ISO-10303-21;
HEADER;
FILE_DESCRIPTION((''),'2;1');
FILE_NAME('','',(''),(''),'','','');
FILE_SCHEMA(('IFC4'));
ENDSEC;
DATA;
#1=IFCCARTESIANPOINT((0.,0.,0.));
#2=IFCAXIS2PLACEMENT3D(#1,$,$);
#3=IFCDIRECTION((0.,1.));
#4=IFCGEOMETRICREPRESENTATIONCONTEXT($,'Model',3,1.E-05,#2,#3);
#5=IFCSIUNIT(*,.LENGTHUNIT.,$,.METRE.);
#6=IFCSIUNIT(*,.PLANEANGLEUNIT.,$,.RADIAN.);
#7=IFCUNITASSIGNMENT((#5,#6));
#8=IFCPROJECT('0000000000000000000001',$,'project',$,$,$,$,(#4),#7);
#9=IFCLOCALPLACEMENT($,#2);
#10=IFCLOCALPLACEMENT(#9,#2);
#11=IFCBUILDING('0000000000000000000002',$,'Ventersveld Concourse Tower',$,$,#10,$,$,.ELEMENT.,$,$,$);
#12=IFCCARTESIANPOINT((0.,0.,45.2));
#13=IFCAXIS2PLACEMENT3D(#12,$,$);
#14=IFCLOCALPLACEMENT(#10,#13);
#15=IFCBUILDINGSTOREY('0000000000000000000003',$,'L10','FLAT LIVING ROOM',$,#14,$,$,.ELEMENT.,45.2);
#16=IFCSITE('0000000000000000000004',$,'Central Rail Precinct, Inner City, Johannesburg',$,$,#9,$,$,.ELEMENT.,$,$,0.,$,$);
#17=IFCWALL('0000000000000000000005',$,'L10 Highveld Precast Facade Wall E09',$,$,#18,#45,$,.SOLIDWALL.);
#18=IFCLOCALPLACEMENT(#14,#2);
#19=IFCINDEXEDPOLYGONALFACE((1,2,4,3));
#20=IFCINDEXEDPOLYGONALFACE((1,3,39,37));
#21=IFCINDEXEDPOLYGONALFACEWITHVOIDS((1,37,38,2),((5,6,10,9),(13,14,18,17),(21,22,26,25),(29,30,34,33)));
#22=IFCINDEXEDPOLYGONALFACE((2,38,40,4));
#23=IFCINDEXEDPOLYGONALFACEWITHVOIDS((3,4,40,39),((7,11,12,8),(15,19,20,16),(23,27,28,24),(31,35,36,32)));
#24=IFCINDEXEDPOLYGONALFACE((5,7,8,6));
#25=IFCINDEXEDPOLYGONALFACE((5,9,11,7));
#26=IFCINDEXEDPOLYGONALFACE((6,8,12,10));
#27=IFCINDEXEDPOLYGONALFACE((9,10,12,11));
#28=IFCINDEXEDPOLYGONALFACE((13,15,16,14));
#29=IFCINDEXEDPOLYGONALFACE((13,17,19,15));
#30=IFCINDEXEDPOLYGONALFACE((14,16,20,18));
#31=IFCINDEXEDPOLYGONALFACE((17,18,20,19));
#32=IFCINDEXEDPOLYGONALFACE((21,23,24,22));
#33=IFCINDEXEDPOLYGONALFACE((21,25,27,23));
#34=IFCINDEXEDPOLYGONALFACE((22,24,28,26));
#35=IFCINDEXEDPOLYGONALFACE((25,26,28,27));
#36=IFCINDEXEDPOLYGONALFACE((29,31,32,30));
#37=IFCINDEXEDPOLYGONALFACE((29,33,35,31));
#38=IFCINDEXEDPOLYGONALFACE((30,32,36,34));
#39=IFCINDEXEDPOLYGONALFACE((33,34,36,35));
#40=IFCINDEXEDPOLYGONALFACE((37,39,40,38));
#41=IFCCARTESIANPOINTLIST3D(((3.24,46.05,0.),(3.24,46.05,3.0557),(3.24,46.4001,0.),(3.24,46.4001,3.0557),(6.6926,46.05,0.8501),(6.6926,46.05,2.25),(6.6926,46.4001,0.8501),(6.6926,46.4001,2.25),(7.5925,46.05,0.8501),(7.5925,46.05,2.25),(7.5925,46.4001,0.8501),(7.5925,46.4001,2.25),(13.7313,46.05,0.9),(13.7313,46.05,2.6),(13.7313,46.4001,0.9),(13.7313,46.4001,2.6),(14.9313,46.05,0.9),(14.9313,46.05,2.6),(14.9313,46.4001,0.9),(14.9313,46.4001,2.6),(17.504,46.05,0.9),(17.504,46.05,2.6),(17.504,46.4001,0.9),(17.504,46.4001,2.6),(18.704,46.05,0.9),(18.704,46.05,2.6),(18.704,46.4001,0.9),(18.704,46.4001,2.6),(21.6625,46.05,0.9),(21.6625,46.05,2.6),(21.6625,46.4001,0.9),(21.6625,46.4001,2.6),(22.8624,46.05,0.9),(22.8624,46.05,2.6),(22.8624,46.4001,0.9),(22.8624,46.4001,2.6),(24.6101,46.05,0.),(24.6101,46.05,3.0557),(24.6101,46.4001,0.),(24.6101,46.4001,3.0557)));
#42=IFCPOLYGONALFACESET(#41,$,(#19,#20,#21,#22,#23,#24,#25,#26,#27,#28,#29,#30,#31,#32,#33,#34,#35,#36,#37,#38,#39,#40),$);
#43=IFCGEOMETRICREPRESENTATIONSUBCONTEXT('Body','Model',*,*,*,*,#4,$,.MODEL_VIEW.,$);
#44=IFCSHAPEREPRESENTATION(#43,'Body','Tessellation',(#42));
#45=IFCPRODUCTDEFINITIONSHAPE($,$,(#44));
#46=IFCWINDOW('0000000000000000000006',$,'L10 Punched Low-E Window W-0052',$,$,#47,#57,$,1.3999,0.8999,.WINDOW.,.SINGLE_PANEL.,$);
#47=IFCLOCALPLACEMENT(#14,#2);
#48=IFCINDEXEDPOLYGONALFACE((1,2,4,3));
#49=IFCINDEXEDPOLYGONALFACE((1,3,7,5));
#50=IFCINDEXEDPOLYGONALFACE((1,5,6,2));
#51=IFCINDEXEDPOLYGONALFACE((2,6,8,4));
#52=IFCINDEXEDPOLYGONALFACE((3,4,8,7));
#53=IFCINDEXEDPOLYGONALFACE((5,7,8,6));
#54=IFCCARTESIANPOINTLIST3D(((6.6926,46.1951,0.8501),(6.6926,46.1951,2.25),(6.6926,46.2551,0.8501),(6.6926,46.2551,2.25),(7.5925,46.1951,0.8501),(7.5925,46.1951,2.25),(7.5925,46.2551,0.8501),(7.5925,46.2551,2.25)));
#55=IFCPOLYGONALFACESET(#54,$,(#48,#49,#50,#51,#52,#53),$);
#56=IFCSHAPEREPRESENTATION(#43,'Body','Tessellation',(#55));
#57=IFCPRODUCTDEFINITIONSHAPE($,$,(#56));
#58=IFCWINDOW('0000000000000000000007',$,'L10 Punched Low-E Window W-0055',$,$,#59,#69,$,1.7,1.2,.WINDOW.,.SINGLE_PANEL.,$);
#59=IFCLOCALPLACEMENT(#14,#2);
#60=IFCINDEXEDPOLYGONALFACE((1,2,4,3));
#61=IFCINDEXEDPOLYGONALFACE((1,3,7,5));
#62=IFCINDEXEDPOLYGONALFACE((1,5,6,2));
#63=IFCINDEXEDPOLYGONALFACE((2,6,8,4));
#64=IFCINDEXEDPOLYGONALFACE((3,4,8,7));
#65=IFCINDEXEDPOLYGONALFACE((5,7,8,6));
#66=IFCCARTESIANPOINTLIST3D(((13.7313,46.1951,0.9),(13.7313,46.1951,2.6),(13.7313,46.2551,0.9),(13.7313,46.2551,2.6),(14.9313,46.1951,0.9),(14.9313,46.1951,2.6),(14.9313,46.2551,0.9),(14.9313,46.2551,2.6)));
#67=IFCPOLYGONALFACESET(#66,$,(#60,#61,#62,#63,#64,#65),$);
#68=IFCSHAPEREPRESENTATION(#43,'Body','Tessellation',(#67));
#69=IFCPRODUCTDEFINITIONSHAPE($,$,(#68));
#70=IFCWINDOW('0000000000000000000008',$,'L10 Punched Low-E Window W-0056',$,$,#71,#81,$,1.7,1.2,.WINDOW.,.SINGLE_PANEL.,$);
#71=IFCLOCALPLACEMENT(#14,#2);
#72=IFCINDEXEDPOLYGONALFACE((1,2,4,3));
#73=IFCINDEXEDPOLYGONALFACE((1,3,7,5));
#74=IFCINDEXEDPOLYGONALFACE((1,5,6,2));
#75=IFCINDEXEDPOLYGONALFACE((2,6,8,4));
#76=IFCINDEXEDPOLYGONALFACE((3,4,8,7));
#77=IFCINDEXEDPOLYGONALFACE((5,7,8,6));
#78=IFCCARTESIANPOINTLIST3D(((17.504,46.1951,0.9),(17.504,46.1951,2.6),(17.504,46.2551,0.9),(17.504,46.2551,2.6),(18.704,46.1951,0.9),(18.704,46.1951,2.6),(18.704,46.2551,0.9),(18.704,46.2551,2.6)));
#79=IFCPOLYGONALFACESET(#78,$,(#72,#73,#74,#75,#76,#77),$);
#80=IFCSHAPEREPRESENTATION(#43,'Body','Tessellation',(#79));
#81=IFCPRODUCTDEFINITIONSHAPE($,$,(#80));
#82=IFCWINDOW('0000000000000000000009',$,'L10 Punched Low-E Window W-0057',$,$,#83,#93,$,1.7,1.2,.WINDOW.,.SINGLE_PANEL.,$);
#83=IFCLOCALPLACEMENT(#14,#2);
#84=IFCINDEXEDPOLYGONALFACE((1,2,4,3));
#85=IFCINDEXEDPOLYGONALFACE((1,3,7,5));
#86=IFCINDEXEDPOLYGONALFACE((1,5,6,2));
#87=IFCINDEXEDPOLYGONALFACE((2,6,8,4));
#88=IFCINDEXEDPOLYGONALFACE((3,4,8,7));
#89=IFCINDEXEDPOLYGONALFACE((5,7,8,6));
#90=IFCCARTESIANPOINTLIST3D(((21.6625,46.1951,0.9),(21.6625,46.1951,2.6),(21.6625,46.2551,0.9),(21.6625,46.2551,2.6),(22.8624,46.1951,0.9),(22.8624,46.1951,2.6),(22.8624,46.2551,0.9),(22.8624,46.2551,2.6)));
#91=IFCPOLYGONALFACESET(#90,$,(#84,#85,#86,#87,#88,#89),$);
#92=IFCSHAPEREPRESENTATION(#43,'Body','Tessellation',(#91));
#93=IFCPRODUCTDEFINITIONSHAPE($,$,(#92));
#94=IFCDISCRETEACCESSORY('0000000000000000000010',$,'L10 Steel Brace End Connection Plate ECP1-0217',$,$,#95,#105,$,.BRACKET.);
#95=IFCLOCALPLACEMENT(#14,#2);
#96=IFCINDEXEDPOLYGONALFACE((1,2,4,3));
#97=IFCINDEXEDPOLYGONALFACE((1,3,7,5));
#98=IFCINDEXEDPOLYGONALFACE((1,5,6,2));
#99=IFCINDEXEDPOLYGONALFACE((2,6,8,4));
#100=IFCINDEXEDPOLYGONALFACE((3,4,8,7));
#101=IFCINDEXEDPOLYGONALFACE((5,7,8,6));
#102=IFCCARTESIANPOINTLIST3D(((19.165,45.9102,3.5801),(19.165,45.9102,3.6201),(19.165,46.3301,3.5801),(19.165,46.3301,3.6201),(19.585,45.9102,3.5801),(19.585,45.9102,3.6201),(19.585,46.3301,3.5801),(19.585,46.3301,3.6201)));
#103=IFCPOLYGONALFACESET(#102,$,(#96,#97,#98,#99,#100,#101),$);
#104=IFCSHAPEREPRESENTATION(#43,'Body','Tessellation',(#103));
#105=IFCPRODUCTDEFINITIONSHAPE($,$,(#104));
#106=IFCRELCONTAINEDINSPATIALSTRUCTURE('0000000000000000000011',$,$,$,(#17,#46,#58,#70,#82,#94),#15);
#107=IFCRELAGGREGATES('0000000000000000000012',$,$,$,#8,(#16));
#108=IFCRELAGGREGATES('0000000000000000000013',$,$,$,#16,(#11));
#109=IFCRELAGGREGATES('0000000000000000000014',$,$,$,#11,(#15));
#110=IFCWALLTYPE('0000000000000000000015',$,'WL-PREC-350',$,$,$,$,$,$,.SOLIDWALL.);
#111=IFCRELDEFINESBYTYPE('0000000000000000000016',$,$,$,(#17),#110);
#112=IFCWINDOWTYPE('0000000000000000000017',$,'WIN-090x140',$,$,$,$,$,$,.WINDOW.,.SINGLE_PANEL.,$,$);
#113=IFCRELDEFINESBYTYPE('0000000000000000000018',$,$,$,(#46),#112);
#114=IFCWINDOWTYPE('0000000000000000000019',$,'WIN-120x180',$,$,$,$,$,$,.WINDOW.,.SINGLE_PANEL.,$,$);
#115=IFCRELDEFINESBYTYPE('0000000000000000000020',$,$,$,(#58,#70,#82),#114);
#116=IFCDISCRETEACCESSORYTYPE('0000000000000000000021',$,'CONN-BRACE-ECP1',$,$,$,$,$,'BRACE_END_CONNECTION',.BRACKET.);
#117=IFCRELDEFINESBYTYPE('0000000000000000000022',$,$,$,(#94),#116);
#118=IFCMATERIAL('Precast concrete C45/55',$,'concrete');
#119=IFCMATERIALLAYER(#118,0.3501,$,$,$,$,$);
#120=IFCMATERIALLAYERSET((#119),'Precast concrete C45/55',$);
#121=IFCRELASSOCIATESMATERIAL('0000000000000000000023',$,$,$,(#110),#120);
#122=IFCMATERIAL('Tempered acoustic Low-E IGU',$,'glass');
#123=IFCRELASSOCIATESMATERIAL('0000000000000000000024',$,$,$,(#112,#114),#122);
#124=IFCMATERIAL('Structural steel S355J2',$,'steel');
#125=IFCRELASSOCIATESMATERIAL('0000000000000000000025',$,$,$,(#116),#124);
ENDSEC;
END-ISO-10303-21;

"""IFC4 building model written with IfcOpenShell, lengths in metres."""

from ifc_helpers import new_model, si_unit, direction, frame, frame_2d, origin, origin_2d, place, context, subcontext, project, spatial, rectangle, extrude, material, layer, layer_set, type_object, element, fill, save


model = new_model("IFC4")

# Units and contexts
model_context = context("Model", 3, precision=1e-05, world=origin(), true_north=direction((0.0, 1.0)))
body_context = subcontext(model_context, "Body", "Model", "MODEL_VIEW")
ifc_project = project(units=[si_unit("LENGTHUNIT", "METRE"), si_unit("PLANEANGLEUNIT", "RADIAN")], contexts=[model_context])

# Site, building, storey
site_placement = place(None, origin())
site = spatial("IfcSite", under=ifc_project, at=site_placement, Name="Central Rail Precinct, Inner City, Johannesburg", CompositionType="ELEMENT", RefElevation=0.0)
building_placement = place(site_placement, origin())
building = spatial("IfcBuilding", under=site, at=building_placement, Name="Ventersveld Concourse Tower", CompositionType="ELEMENT")
storey_placement = place(building_placement, frame((0.0, 0.0, 45.2)))
storey = spatial("IfcBuildingStorey", under=building, at=storey_placement, Name="L10", Description="FLAT LIVING ROOM", CompositionType="ELEMENT", Elevation=45.2)

# Shared definitions
ifc_material_1 = material(Name="Structural steel S355J2", Category="steel")

# Shared definitions
ifc_material_2 = material(Name="Precast concrete C45/55", Category="concrete")
ifc_layer_1 = layer(ifc_material_2, 0.3501)
ifc_layer_set_1 = layer_set([ifc_layer_1], Name="Precast concrete C45/55")
wall_type_1 = type_object("IfcWallType", Name="WL-PREC-350", PredefinedType="SOLIDWALL", material=ifc_layer_set_1)

# Wall, openings, windows
wall_1_placement = place(storey_placement, frame((24.6101, 46.2251, 0.0), z_axis=(0.0, 0.0, 1.0), x_axis=(-1.0, 0.0, 0.0)))
wall_1 = element("IfcWall", 1, at=wall_1_placement, inside=storey, type_object=wall_type_1, Name="L10 Highveld Precast Facade Wall E09", PredefinedType="SOLIDWALL", context=body_context, shape_type="SweptSolid", body=[
    extrude(rectangle(XDim=21.3701, YDim=0.3501, at=frame_2d((10.6851, 0.0))), origin(), (0.0, 0.0, 1.0), 3.0557),
])
opening_1_placement = place(wall_1_placement, frame((17.0176, 0.0, 0.8501)))
opening_1 = element("IfcOpeningElement", 2, at=opening_1_placement, cuts=wall_1, PredefinedType="OPENING", context=body_context, shape_type="SweptSolid", body=[
    extrude(rectangle(XDim=0.8999, YDim=1.3999, at=frame_2d((0.45, 0.7))), frame((0.0, 0.1851, 0.0), z_axis=(0.0, -1.0, 0.0), x_axis=(1.0, 0.0, 0.0)), (0.0, 0.0, 1.0), 0.3701),
])
opening_2_placement = place(wall_1_placement, frame((9.6787, 0.0, 0.8999)))
opening_2 = element("IfcOpeningElement", 3, at=opening_2_placement, cuts=wall_1, PredefinedType="OPENING", context=body_context, shape_type="SweptSolid", body=[
    extrude(rectangle(XDim=1.2, YDim=1.7, at=frame_2d((0.6001, 0.8501))), frame((0.0, 0.1851, 0.0), z_axis=(0.0, -1.0, 0.0), x_axis=(1.0, 0.0, 0.0)), (0.0, 0.0, 1.0), 0.3701),
])
opening_3_placement = place(wall_1_placement, frame((5.906, 0.0, 0.8999)))
opening_3 = element("IfcOpeningElement", 4, at=opening_3_placement, cuts=wall_1, PredefinedType="OPENING", context=body_context, shape_type="SweptSolid", body=[
    extrude(rectangle(XDim=1.2, YDim=1.7, at=frame_2d((0.6001, 0.8501))), frame((0.0, 0.1851, 0.0), z_axis=(0.0, -1.0, 0.0), x_axis=(1.0, 0.0, 0.0)), (0.0, 0.0, 1.0), 0.3701),
])
opening_4_placement = place(wall_1_placement, frame((1.7476, 0.0, 0.8999)))
opening_4 = element("IfcOpeningElement", 5, at=opening_4_placement, cuts=wall_1, PredefinedType="OPENING", context=body_context, shape_type="SweptSolid", body=[
    extrude(rectangle(XDim=1.2, YDim=1.7, at=frame_2d((0.6001, 0.8501))), frame((0.0, 0.1851, 0.0), z_axis=(0.0, -1.0, 0.0), x_axis=(1.0, 0.0, 0.0)), (0.0, 0.0, 1.0), 0.3701),
])
ifc_material_3 = material(Name="Tempered acoustic Low-E IGU", Category="glass")
window_type_1 = type_object("IfcWindowType", Name="WIN-090x140", PartitioningType="SINGLE_PANEL", PredefinedType="WINDOW", material=ifc_material_3)
window_1_placement = place(opening_1_placement, origin())
window_1 = element("IfcWindow", 6, at=window_1_placement, inside=storey, type_object=window_type_1, Name="L10 Punched Low-E Window W-0052", OverallHeight=1.3999, OverallWidth=0.8999, PartitioningType="SINGLE_PANEL", PredefinedType="WINDOW", context=body_context, shape_type="SweptSolid", body=[
    extrude(rectangle(XDim=0.8999, YDim=1.3999, at=frame_2d((0.45, 0.7))), frame((0.0, 0.03, 0.0), z_axis=(0.0, -1.0, 0.0), x_axis=(1.0, 0.0, 0.0)), (0.0, 0.0, 1.0), 0.0601),
])
fill(opening_1, window_1)
window_type_2 = type_object("IfcWindowType", Name="WIN-120x180", PartitioningType="SINGLE_PANEL", PredefinedType="WINDOW", material=ifc_material_3)
window_2_placement = place(opening_2_placement, origin())
window_2 = element("IfcWindow", 7, at=window_2_placement, inside=storey, type_object=window_type_2, Name="L10 Punched Low-E Window W-0055", OverallHeight=1.7, OverallWidth=1.2, PartitioningType="SINGLE_PANEL", PredefinedType="WINDOW", context=body_context, shape_type="SweptSolid", body=[
    extrude(rectangle(XDim=1.2, YDim=1.7, at=frame_2d((0.6001, 0.8501))), frame((0.0, 0.03, 0.0), z_axis=(0.0, -1.0, 0.0), x_axis=(1.0, 0.0, 0.0)), (0.0, 0.0, 1.0), 0.0601),
])
fill(opening_2, window_2)
window_3_placement = place(opening_3_placement, origin())
window_3 = element("IfcWindow", 8, at=window_3_placement, inside=storey, type_object=window_type_2, Name="L10 Punched Low-E Window W-0056", OverallHeight=1.7, OverallWidth=1.2, PartitioningType="SINGLE_PANEL", PredefinedType="WINDOW", context=body_context, shape_type="SweptSolid", body=[
    extrude(rectangle(XDim=1.2, YDim=1.7, at=frame_2d((0.6001, 0.8501))), frame((0.0, 0.03, 0.0), z_axis=(0.0, -1.0, 0.0), x_axis=(1.0, 0.0, 0.0)), (0.0, 0.0, 1.0), 0.0601),
])
fill(opening_3, window_3)
window_4_placement = place(opening_4_placement, origin())
window_4 = element("IfcWindow", 9, at=window_4_placement, inside=storey, type_object=window_type_2, Name="L10 Punched Low-E Window W-0057", OverallHeight=1.7, OverallWidth=1.2, PartitioningType="SINGLE_PANEL", PredefinedType="WINDOW", context=body_context, shape_type="SweptSolid", body=[
    extrude(rectangle(XDim=1.2, YDim=1.7, at=frame_2d((0.6001, 0.8501))), frame((0.0, 0.03, 0.0), z_axis=(0.0, -1.0, 0.0), x_axis=(1.0, 0.0, 0.0)), (0.0, 0.0, 1.0), 0.0601),
])
fill(opening_4, window_4)

# Discrete accessory
discrete_accessory_type = type_object("IfcDiscreteAccessoryType", Name="CONN-BRACE-ECP1", ElementType="BRACE_END_CONNECTION", PredefinedType="BRACKET", material=ifc_material_1)
discrete_accessory_placement = place(storey_placement, frame((19.375, 46.1201, 3.5801), z_axis=(0.0, 0.0, 1.0), x_axis=(1.0, 0.0, 0.0)))
element("IfcDiscreteAccessory", 10, at=discrete_accessory_placement, inside=storey, type_object=discrete_accessory_type, Name="L10 Steel Brace End Connection Plate ECP1-0217", PredefinedType="BRACKET", context=body_context, shape_type="SweptSolid", body=[
    extrude(rectangle(XDim=0.4199, YDim=0.4199, at=origin_2d()), origin(), (0.0, 0.0, 1.0), 0.04),
])

save(model, "model.ifc")
